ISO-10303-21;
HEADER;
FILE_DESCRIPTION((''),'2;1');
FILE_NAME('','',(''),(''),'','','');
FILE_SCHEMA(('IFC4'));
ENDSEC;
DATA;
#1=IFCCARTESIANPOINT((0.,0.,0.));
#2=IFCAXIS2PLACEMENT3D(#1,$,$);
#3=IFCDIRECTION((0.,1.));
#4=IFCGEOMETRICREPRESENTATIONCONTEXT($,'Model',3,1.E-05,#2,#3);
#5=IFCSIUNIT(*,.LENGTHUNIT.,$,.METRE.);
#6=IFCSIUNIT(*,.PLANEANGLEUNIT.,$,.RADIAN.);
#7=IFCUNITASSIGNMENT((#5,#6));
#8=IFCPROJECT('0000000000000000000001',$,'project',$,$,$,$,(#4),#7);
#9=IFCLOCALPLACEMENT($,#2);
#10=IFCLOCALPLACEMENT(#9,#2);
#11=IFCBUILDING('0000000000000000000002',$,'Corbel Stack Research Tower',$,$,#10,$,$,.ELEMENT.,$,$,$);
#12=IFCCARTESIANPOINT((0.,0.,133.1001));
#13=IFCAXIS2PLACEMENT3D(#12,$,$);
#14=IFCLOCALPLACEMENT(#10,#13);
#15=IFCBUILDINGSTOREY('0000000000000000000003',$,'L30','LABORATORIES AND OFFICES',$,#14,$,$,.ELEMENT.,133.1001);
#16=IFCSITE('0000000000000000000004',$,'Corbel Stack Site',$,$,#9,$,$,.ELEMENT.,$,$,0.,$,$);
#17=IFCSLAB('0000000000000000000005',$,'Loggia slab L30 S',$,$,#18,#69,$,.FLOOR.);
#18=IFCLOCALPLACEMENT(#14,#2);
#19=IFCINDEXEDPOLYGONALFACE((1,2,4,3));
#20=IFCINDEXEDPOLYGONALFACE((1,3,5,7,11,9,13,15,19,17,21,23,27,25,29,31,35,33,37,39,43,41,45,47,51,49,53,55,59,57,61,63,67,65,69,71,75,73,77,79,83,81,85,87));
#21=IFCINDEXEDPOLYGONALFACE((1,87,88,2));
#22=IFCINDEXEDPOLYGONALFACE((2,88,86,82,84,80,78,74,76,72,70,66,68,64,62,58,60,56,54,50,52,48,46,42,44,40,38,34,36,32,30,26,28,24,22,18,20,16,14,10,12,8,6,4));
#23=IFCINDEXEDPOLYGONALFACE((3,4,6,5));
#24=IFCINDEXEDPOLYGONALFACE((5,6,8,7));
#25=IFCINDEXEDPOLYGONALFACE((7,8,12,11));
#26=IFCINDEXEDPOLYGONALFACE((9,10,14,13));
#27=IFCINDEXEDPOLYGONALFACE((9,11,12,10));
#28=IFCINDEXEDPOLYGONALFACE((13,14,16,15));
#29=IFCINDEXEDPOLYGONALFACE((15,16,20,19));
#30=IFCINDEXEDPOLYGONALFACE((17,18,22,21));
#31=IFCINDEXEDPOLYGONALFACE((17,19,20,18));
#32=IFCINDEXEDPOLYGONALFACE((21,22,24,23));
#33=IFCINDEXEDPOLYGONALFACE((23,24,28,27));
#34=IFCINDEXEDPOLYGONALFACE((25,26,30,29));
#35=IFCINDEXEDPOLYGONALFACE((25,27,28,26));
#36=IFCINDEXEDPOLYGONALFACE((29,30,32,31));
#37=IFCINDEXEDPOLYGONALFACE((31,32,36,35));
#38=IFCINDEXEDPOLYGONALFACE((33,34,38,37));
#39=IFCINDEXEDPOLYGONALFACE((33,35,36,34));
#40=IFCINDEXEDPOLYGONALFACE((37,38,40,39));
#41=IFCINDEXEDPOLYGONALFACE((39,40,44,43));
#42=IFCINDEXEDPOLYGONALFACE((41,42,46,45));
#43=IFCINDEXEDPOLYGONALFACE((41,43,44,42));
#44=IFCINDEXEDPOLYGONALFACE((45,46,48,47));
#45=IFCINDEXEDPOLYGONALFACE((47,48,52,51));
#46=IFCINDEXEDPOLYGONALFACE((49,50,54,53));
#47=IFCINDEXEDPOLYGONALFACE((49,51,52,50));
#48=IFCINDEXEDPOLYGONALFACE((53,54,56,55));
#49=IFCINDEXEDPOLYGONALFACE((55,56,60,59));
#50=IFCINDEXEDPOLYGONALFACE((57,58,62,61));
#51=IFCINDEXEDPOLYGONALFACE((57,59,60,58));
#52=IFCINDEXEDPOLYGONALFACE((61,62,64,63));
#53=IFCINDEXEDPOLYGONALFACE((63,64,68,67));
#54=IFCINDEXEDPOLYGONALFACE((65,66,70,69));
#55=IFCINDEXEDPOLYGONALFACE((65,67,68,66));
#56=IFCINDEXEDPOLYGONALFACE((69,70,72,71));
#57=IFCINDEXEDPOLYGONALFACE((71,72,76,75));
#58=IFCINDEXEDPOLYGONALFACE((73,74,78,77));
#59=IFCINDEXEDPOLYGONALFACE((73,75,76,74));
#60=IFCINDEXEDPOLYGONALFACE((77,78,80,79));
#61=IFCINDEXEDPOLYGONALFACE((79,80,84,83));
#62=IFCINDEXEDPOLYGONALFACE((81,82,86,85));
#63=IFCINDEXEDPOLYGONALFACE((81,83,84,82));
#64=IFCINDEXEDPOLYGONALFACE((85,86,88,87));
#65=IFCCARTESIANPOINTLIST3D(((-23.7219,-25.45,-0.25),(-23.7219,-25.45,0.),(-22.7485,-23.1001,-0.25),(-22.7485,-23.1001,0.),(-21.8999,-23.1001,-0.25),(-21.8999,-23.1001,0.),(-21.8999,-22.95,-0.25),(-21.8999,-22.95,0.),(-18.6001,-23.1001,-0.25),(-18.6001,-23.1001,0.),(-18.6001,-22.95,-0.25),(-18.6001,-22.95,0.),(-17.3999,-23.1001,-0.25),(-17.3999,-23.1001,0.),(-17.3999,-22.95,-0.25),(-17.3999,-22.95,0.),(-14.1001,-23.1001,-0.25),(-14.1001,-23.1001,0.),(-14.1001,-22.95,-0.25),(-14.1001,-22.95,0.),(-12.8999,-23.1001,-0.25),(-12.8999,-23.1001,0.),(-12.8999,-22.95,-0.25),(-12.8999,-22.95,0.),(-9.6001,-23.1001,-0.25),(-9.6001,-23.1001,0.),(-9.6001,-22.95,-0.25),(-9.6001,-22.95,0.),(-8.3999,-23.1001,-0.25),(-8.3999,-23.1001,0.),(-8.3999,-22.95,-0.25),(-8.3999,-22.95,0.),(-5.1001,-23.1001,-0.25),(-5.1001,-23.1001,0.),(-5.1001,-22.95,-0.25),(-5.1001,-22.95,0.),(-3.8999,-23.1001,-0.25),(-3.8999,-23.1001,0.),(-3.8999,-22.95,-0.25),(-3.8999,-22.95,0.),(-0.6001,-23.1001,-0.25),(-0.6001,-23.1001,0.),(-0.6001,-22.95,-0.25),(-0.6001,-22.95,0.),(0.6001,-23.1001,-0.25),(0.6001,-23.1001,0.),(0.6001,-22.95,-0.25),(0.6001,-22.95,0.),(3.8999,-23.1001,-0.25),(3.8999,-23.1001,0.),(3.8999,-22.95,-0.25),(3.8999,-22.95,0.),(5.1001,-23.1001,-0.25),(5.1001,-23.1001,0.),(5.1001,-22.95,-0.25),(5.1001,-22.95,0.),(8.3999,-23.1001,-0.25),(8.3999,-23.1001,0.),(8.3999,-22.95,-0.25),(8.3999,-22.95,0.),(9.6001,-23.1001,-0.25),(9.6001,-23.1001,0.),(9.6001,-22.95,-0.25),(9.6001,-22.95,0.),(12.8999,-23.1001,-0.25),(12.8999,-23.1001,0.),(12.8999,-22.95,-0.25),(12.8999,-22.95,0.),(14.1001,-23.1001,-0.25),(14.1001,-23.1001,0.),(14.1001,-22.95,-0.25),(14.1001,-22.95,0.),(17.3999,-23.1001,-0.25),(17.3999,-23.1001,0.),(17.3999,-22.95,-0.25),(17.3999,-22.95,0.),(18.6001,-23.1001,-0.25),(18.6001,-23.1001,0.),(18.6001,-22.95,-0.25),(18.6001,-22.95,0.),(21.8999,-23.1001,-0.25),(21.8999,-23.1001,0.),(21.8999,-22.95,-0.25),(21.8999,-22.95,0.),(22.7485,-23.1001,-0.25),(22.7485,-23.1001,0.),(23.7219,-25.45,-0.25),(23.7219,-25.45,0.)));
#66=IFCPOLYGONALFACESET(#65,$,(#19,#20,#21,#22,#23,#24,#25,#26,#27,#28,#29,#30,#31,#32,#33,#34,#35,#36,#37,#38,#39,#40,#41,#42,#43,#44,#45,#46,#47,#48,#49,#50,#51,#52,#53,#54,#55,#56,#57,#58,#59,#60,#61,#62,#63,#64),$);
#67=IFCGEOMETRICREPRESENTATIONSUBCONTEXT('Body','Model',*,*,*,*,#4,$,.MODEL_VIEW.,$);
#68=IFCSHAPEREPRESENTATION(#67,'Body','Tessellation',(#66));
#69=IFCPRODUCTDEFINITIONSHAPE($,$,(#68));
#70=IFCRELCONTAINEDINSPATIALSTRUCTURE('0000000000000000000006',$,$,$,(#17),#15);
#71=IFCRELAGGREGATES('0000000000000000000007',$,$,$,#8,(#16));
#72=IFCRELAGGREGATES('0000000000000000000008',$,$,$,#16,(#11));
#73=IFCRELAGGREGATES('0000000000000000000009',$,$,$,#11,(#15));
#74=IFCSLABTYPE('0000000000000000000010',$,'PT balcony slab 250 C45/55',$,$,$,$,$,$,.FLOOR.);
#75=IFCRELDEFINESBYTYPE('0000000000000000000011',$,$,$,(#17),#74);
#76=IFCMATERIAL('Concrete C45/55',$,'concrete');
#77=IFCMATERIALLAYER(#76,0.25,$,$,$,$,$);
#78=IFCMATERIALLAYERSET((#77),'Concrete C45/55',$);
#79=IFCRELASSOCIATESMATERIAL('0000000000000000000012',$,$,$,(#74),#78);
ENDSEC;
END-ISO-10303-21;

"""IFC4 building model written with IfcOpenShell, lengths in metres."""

from ifc_helpers import new_model, si_unit, direction, frame, origin, place, context, subcontext, project, spatial, polyline, outline, extrude, material, layer, layer_set, type_object, element, save


model = new_model("IFC4")

# Units and contexts
model_context = context("Model", 3, precision=1e-05, world=origin(), true_north=direction((0.0, 1.0)))
body_context = subcontext(model_context, "Body", "Model", "MODEL_VIEW")
ifc_project = project(units=[si_unit("LENGTHUNIT", "METRE"), si_unit("PLANEANGLEUNIT", "RADIAN")], contexts=[model_context])

# Site, building, storey
site_placement = place(None, origin())
site = spatial("IfcSite", under=ifc_project, at=site_placement, Name="Corbel Stack Site", CompositionType="ELEMENT", RefElevation=0.0)
building_placement = place(site_placement, origin())
building = spatial("IfcBuilding", under=site, at=building_placement, Name="Corbel Stack Research Tower", CompositionType="ELEMENT")
storey_placement = place(building_placement, frame((0.0, 0.0, 133.1001)))
storey = spatial("IfcBuildingStorey", under=building, at=storey_placement, Name="L30", Description="LABORATORIES AND OFFICES", CompositionType="ELEMENT", Elevation=133.1001)

# Slab
ifc_material_1 = material(Name="Concrete C45/55", Category="concrete")
ifc_layer_1 = layer(ifc_material_1, 0.25)
ifc_layer_set_1 = layer_set([ifc_layer_1], Name="Concrete C45/55")
slab_type_1 = type_object("IfcSlabType", Name="PT balcony slab 250 C45/55", PredefinedType="FLOOR", material=ifc_layer_set_1)
slab_1_placement = place(storey_placement, frame((0.0, 0.0, -0.25)))
element("IfcSlab", 1, at=slab_1_placement, inside=storey, type_object=slab_type_1, Name="Loggia slab L30 S", PredefinedType="FLOOR", context=body_context, shape_type="SweptSolid", body=[
    extrude(outline(polyline([(22.7485, -23.1001), (21.8999, -23.1001), (21.8999, -22.95), (18.6001, -22.95), (18.6001, -23.1001), (17.3999, -23.1001), (17.3999, -22.95), (14.1001, -22.95), (14.1001, -23.1001), (12.8999, -23.1001), (12.8999, -22.95), (9.6001, -22.95), (9.6001, -23.1001), (8.3999, -23.1001), (8.3999, -22.95), (5.1001, -22.95), (5.1001, -23.1001), (3.8999, -23.1001), (3.8999, -22.95), (0.6001, -22.95), (0.6001, -23.1001), (-0.6001, -23.1001), (-0.6001, -22.95), (-3.8999, -22.95), (-3.8999, -23.1001), (-5.1001, -23.1001), (-5.1001, -22.95), (-8.3999, -22.95), (-8.3999, -23.1001), (-9.6001, -23.1001), (-9.6001, -22.95), (-12.8999, -22.95), (-12.8999, -23.1001), (-14.1001, -23.1001), (-14.1001, -22.95), (-17.3999, -22.95), (-17.3999, -23.1001), (-18.6001, -23.1001), (-18.6001, -22.95), (-21.8999, -22.95), (-21.8999, -23.1001), (-22.7485, -23.1001), (-23.7219, -25.45), (23.7219, -25.45), (22.7485, -23.1001)])), origin(), (0.0, 0.0, 1.0), 0.25),
])

save(model, "model.ifc")
